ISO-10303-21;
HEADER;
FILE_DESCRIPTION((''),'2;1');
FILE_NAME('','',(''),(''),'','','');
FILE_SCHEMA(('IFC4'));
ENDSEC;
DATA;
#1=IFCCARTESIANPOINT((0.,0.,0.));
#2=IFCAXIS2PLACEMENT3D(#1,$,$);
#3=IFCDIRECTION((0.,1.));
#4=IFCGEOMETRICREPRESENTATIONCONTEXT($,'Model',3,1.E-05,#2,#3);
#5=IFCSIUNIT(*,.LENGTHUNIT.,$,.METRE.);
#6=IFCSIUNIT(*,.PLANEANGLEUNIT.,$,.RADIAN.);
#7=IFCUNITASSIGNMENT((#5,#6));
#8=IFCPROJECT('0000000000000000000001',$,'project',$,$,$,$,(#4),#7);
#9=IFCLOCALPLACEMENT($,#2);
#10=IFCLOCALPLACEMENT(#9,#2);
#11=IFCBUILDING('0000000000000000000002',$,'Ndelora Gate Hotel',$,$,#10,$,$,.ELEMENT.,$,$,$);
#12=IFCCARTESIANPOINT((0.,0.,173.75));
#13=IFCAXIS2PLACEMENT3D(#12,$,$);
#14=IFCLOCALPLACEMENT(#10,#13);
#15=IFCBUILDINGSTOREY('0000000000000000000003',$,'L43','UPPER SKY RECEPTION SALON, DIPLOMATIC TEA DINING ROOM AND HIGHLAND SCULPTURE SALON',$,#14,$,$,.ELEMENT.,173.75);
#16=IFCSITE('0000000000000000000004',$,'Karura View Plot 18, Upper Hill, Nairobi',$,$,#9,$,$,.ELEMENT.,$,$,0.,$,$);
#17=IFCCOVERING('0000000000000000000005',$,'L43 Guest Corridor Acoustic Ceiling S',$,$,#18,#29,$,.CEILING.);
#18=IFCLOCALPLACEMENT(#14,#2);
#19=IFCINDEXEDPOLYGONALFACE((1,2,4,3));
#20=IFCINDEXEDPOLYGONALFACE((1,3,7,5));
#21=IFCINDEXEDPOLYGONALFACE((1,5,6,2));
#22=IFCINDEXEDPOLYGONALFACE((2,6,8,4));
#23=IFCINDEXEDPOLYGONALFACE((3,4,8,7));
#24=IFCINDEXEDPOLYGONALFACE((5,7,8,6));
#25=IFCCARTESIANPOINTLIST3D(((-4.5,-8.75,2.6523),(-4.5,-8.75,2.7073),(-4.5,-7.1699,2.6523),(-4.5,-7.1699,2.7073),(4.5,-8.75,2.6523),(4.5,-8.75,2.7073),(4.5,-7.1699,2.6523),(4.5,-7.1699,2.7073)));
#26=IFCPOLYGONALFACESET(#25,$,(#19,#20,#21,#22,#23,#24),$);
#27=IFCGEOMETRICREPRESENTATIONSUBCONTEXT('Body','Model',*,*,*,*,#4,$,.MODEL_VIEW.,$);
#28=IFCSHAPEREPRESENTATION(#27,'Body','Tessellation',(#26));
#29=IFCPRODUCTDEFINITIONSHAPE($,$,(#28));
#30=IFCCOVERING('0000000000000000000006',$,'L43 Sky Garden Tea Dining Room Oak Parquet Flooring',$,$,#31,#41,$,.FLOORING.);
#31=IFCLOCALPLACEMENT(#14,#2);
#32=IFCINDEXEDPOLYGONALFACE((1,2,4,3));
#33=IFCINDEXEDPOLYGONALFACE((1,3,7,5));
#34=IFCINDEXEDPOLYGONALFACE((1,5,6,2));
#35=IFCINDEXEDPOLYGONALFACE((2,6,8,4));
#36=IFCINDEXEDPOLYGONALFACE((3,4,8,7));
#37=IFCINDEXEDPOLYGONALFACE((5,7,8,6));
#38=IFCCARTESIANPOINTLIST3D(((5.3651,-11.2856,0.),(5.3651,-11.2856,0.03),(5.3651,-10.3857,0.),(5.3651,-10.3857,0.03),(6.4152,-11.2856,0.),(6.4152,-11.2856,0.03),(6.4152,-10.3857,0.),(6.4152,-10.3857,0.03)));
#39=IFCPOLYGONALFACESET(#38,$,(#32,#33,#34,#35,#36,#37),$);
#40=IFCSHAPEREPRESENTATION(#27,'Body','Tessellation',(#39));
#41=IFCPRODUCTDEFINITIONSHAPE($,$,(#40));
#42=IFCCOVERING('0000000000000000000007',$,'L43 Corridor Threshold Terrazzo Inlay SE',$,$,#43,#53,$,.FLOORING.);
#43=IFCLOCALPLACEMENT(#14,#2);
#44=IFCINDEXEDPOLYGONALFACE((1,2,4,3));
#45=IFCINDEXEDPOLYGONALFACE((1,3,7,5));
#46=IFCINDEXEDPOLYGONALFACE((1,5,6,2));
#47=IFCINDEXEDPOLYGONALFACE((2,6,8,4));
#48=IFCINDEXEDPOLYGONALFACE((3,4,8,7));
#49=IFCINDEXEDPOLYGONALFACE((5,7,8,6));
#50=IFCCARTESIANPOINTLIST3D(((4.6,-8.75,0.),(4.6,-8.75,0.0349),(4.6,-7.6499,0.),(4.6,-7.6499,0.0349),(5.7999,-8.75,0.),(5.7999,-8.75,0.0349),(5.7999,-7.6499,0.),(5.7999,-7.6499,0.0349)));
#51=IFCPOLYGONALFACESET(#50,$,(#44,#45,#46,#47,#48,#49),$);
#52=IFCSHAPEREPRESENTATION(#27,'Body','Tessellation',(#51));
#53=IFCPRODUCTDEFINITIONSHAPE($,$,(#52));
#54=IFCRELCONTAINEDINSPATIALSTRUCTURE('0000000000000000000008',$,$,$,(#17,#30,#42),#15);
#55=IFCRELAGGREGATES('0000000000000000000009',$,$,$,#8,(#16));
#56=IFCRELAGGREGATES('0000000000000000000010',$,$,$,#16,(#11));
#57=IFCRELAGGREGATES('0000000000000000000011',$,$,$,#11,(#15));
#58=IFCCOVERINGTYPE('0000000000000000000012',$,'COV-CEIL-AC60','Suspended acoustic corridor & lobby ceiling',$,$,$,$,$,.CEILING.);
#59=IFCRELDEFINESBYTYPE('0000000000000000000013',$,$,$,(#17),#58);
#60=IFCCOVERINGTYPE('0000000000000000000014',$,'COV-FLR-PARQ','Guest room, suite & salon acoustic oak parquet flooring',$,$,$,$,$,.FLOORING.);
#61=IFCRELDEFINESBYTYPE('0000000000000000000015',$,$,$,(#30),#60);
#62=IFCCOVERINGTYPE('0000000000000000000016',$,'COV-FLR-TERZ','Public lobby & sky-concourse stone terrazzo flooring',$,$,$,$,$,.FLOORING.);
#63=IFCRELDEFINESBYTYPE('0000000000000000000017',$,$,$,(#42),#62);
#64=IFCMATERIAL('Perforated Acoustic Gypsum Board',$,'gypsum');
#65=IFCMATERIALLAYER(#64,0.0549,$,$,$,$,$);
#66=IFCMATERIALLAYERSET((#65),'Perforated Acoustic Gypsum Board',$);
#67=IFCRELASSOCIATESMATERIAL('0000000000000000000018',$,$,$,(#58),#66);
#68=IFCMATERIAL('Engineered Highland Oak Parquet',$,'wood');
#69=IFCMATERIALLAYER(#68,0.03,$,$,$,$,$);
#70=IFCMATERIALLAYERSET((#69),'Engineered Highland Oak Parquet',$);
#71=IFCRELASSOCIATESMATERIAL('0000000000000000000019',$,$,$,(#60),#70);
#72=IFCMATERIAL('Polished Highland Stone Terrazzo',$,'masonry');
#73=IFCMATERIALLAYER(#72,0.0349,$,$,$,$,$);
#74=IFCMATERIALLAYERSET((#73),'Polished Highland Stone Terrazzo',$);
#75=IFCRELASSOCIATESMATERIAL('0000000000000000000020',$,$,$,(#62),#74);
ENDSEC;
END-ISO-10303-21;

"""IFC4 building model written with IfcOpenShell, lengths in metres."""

from ifc_helpers import new_model, si_unit, direction, frame, origin, origin_2d, place, context, subcontext, project, spatial, rectangle, extrude, material, layer, layer_set, type_object, element, save


model = new_model("IFC4")

# Units and contexts
model_context = context("Model", 3, precision=1e-05, world=origin(), true_north=direction((0.0, 1.0)))
body_context = subcontext(model_context, "Body", "Model", "MODEL_VIEW")
ifc_project = project(units=[si_unit("LENGTHUNIT", "METRE"), si_unit("PLANEANGLEUNIT", "RADIAN")], contexts=[model_context])

# Site, building, storey
site_placement = place(None, origin())
site = spatial("IfcSite", under=ifc_project, at=site_placement, Name="Karura View Plot 18, Upper Hill, Nairobi", CompositionType="ELEMENT", RefElevation=0.0)
building_placement = place(site_placement, origin())
building = spatial("IfcBuilding", under=site, at=building_placement, Name="Ndelora Gate Hotel", CompositionType="ELEMENT")
storey_placement = place(building_placement, frame((0.0, 0.0, 173.75)))
storey = spatial("IfcBuildingStorey", under=building, at=storey_placement, Name="L43", Description="UPPER SKY RECEPTION SALON, DIPLOMATIC TEA DINING ROOM AND HIGHLAND SCULPTURE SALON", CompositionType="ELEMENT", Elevation=173.75)

# Coverings
ifc_material_1 = material(Name="Perforated Acoustic Gypsum Board", Category="gypsum")
ifc_layer_1 = layer(ifc_material_1, 0.0549)
ifc_layer_set_1 = layer_set([ifc_layer_1], Name="Perforated Acoustic Gypsum Board")
covering_type_1 = type_object("IfcCoveringType", Name="COV-CEIL-AC60", Description="Suspended acoustic corridor & lobby ceiling", PredefinedType="CEILING", material=ifc_layer_set_1)
covering_1_placement = place(storey_placement, frame((0.0, -7.96, 2.6523), z_axis=(0.0, 0.0, 1.0), x_axis=(1.0, 0.0, 0.0)))
element("IfcCovering", 1, at=covering_1_placement, inside=storey, type_object=covering_type_1, Name="L43 Guest Corridor Acoustic Ceiling S", PredefinedType="CEILING", context=body_context, shape_type="SweptSolid", body=[
    extrude(rectangle(XDim=9.0, YDim=1.5801, at=origin_2d()), origin(), (0.0, 0.0, 1.0), 0.0549),
])
ifc_material_2 = material(Name="Engineered Highland Oak Parquet", Category="wood")
ifc_layer_2 = layer(ifc_material_2, 0.03)
ifc_layer_set_2 = layer_set([ifc_layer_2], Name="Engineered Highland Oak Parquet")
covering_type_2 = type_object("IfcCoveringType", Name="COV-FLR-PARQ", Description="Guest room, suite & salon acoustic oak parquet flooring", PredefinedType="FLOORING", material=ifc_layer_set_2)
covering_2_placement = place(storey_placement, frame((5.8901, -10.8357, 0.0), z_axis=(0.0, 0.0, 1.0), x_axis=(1.0, 0.0, 0.0)))
element("IfcCovering", 2, at=covering_2_placement, inside=storey, type_object=covering_type_2, Name="L43 Sky Garden Tea Dining Room Oak Parquet Flooring", PredefinedType="FLOORING", context=body_context, shape_type="SweptSolid", body=[
    extrude(rectangle(XDim=1.05, YDim=0.8999, at=origin_2d()), origin(), (0.0, 0.0, 1.0), 0.03),
])
ifc_material_3 = material(Name="Polished Highland Stone Terrazzo", Category="masonry")
ifc_layer_3 = layer(ifc_material_3, 0.0349)
ifc_layer_set_3 = layer_set([ifc_layer_3], Name="Polished Highland Stone Terrazzo")
covering_type_3 = type_object("IfcCoveringType", Name="COV-FLR-TERZ", Description="Public lobby & sky-concourse stone terrazzo flooring", PredefinedType="FLOORING", material=ifc_layer_set_3)
covering_3_placement = place(storey_placement, frame((5.2, -8.2, 0.0), z_axis=(0.0, 0.0, 1.0), x_axis=(1.0, 0.0, 0.0)))
element("IfcCovering", 3, at=covering_3_placement, inside=storey, type_object=covering_type_3, Name="L43 Corridor Threshold Terrazzo Inlay SE", PredefinedType="FLOORING", context=body_context, shape_type="SweptSolid", body=[
    extrude(rectangle(XDim=1.2, YDim=1.1001, at=origin_2d()), origin(), (0.0, 0.0, 1.0), 0.0349),
])

save(model, "model.ifc")
